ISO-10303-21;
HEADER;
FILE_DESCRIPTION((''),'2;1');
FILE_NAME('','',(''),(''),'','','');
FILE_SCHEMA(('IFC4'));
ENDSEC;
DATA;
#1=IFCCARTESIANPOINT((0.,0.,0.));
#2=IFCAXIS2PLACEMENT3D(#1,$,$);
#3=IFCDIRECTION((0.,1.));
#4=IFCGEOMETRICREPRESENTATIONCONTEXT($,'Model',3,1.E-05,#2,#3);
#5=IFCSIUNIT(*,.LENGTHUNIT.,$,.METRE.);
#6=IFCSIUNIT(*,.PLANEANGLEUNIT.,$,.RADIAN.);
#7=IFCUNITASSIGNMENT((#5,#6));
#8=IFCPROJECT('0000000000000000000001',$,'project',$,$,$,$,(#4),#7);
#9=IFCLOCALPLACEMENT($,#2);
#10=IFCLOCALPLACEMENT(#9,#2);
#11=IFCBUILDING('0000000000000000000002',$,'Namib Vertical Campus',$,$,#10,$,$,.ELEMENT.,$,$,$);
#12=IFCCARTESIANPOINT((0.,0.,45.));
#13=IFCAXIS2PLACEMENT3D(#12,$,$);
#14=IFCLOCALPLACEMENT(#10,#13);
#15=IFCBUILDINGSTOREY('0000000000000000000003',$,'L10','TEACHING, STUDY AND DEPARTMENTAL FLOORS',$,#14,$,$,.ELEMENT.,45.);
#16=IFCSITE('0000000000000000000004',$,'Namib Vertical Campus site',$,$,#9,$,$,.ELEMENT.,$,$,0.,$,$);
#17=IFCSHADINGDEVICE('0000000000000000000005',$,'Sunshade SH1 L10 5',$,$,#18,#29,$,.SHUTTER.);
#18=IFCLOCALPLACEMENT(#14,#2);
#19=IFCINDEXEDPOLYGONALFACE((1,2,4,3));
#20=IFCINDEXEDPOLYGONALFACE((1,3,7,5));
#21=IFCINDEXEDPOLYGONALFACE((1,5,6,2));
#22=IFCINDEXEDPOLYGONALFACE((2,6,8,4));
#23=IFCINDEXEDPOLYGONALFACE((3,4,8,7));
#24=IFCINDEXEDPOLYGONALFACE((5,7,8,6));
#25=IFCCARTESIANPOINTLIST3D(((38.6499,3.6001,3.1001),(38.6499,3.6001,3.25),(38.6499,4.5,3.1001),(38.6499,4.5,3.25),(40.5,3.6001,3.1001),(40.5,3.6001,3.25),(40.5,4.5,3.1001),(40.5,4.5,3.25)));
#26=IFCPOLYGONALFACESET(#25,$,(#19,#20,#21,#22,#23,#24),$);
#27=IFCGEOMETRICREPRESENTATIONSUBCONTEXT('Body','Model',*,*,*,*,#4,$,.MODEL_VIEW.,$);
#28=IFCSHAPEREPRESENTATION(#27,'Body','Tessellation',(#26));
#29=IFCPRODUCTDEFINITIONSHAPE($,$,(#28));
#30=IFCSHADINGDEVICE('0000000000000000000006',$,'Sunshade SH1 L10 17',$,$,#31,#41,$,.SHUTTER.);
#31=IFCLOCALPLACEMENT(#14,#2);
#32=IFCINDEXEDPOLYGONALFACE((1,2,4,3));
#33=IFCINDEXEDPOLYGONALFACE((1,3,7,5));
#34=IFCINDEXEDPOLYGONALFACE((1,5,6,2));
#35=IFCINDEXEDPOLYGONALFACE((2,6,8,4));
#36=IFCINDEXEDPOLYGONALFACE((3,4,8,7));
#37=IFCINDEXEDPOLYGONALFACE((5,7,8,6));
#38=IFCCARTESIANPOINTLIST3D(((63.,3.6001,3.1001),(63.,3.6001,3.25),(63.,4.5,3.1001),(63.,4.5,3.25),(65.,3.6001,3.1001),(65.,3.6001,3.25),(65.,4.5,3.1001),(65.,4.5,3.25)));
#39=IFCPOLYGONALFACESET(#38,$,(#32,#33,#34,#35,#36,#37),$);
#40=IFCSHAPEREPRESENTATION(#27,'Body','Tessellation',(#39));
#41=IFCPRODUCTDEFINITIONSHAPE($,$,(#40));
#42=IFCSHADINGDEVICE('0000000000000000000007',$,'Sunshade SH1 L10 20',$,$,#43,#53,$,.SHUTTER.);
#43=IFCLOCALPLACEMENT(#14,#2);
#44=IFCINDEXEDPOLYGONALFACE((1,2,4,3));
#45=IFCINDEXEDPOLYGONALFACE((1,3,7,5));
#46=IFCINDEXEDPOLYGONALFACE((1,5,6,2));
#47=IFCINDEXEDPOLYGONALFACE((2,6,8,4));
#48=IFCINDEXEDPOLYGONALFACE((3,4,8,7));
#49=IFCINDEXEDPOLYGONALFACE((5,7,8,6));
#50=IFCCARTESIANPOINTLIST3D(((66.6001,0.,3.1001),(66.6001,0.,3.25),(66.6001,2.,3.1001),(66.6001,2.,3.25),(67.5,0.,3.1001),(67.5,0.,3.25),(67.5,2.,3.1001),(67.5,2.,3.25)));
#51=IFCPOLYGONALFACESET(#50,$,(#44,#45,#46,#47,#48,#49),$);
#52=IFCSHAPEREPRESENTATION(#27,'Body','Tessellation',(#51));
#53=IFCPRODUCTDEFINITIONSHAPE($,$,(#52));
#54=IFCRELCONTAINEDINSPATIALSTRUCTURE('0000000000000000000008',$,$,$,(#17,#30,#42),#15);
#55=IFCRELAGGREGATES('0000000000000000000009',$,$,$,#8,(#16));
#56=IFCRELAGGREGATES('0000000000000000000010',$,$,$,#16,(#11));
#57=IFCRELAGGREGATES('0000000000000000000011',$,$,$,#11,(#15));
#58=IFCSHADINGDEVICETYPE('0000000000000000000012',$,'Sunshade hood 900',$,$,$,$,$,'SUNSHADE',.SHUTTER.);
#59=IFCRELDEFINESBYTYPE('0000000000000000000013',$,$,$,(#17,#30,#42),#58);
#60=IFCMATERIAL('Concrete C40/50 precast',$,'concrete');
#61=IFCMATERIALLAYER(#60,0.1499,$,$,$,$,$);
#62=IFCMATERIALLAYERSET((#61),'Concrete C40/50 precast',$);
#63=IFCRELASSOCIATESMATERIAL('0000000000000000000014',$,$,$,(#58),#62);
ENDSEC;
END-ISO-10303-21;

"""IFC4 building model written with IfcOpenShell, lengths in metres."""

from ifc_helpers import new_model, si_unit, direction, frame, origin, origin_2d, place, context, subcontext, project, spatial, rectangle, extrude, material, layer, layer_set, type_object, element, save


model = new_model("IFC4")

# Units and contexts
model_context = context("Model", 3, precision=1e-05, world=origin(), true_north=direction((0.0, 1.0)))
body_context = subcontext(model_context, "Body", "Model", "MODEL_VIEW")
ifc_project = project(units=[si_unit("LENGTHUNIT", "METRE"), si_unit("PLANEANGLEUNIT", "RADIAN")], contexts=[model_context])

# Site, building, storey
site_placement = place(None, origin())
site = spatial("IfcSite", under=ifc_project, at=site_placement, Name="Namib Vertical Campus site", CompositionType="ELEMENT", RefElevation=0.0)
building_placement = place(site_placement, origin())
building = spatial("IfcBuilding", under=site, at=building_placement, Name="Namib Vertical Campus", CompositionType="ELEMENT")
storey_placement = place(building_placement, frame((0.0, 0.0, 45.0)))
storey = spatial("IfcBuildingStorey", under=building, at=storey_placement, Name="L10", Description="TEACHING, STUDY AND DEPARTMENTAL FLOORS", CompositionType="ELEMENT", Elevation=45.0)

# Shading devices
ifc_material_1 = material(Name="Concrete C40/50 precast", Category="concrete")
ifc_layer_1 = layer(ifc_material_1, 0.1499)
ifc_layer_set_1 = layer_set([ifc_layer_1], Name="Concrete C40/50 precast")
shading_device_type = type_object("IfcShadingDeviceType", Name="Sunshade hood 900", ElementType="SUNSHADE", PredefinedType="SHUTTER", material=ifc_layer_set_1)
shading_device_placement = place(storey_placement, frame((39.575, 4.05, 3.1001), z_axis=(0.0, 0.0, 1.0), x_axis=(1.0, 0.0, 0.0)))
element("IfcShadingDevice", 1, at=shading_device_placement, inside=storey, type_object=shading_device_type, Name="Sunshade SH1 L10 5", PredefinedType="SHUTTER", context=body_context, shape_type="SweptSolid", body=[
    extrude(rectangle(XDim=1.8501, YDim=0.8999, at=origin_2d()), origin(), (0.0, 0.0, 1.0), 0.1499),
])
for number, where, z_axis, x_axis, name in (
    (2, (64.0, 4.05, 3.1001), (0.0, 0.0, 1.0), (1.0, 0.0, 0.0), "Sunshade SH1 L10 17"),
    (3, (67.05, 1.0, 3.1001), (0.0, 0.0, 1.0), (0.0, -1.0, 0.0), "Sunshade SH1 L10 20"),
):
    element("IfcShadingDevice", number, at=place(storey_placement, frame(where, z_axis=z_axis, x_axis=x_axis)), inside=storey, type_object=shading_device_type, Name=name, PredefinedType="SHUTTER", context=body_context, shape_type="SweptSolid", body=[
        extrude(rectangle(XDim=2.0, YDim=0.8999, at=origin_2d()), origin(), (0.0, 0.0, 1.0), 0.1499),
    ])

save(model, "model.ifc")
